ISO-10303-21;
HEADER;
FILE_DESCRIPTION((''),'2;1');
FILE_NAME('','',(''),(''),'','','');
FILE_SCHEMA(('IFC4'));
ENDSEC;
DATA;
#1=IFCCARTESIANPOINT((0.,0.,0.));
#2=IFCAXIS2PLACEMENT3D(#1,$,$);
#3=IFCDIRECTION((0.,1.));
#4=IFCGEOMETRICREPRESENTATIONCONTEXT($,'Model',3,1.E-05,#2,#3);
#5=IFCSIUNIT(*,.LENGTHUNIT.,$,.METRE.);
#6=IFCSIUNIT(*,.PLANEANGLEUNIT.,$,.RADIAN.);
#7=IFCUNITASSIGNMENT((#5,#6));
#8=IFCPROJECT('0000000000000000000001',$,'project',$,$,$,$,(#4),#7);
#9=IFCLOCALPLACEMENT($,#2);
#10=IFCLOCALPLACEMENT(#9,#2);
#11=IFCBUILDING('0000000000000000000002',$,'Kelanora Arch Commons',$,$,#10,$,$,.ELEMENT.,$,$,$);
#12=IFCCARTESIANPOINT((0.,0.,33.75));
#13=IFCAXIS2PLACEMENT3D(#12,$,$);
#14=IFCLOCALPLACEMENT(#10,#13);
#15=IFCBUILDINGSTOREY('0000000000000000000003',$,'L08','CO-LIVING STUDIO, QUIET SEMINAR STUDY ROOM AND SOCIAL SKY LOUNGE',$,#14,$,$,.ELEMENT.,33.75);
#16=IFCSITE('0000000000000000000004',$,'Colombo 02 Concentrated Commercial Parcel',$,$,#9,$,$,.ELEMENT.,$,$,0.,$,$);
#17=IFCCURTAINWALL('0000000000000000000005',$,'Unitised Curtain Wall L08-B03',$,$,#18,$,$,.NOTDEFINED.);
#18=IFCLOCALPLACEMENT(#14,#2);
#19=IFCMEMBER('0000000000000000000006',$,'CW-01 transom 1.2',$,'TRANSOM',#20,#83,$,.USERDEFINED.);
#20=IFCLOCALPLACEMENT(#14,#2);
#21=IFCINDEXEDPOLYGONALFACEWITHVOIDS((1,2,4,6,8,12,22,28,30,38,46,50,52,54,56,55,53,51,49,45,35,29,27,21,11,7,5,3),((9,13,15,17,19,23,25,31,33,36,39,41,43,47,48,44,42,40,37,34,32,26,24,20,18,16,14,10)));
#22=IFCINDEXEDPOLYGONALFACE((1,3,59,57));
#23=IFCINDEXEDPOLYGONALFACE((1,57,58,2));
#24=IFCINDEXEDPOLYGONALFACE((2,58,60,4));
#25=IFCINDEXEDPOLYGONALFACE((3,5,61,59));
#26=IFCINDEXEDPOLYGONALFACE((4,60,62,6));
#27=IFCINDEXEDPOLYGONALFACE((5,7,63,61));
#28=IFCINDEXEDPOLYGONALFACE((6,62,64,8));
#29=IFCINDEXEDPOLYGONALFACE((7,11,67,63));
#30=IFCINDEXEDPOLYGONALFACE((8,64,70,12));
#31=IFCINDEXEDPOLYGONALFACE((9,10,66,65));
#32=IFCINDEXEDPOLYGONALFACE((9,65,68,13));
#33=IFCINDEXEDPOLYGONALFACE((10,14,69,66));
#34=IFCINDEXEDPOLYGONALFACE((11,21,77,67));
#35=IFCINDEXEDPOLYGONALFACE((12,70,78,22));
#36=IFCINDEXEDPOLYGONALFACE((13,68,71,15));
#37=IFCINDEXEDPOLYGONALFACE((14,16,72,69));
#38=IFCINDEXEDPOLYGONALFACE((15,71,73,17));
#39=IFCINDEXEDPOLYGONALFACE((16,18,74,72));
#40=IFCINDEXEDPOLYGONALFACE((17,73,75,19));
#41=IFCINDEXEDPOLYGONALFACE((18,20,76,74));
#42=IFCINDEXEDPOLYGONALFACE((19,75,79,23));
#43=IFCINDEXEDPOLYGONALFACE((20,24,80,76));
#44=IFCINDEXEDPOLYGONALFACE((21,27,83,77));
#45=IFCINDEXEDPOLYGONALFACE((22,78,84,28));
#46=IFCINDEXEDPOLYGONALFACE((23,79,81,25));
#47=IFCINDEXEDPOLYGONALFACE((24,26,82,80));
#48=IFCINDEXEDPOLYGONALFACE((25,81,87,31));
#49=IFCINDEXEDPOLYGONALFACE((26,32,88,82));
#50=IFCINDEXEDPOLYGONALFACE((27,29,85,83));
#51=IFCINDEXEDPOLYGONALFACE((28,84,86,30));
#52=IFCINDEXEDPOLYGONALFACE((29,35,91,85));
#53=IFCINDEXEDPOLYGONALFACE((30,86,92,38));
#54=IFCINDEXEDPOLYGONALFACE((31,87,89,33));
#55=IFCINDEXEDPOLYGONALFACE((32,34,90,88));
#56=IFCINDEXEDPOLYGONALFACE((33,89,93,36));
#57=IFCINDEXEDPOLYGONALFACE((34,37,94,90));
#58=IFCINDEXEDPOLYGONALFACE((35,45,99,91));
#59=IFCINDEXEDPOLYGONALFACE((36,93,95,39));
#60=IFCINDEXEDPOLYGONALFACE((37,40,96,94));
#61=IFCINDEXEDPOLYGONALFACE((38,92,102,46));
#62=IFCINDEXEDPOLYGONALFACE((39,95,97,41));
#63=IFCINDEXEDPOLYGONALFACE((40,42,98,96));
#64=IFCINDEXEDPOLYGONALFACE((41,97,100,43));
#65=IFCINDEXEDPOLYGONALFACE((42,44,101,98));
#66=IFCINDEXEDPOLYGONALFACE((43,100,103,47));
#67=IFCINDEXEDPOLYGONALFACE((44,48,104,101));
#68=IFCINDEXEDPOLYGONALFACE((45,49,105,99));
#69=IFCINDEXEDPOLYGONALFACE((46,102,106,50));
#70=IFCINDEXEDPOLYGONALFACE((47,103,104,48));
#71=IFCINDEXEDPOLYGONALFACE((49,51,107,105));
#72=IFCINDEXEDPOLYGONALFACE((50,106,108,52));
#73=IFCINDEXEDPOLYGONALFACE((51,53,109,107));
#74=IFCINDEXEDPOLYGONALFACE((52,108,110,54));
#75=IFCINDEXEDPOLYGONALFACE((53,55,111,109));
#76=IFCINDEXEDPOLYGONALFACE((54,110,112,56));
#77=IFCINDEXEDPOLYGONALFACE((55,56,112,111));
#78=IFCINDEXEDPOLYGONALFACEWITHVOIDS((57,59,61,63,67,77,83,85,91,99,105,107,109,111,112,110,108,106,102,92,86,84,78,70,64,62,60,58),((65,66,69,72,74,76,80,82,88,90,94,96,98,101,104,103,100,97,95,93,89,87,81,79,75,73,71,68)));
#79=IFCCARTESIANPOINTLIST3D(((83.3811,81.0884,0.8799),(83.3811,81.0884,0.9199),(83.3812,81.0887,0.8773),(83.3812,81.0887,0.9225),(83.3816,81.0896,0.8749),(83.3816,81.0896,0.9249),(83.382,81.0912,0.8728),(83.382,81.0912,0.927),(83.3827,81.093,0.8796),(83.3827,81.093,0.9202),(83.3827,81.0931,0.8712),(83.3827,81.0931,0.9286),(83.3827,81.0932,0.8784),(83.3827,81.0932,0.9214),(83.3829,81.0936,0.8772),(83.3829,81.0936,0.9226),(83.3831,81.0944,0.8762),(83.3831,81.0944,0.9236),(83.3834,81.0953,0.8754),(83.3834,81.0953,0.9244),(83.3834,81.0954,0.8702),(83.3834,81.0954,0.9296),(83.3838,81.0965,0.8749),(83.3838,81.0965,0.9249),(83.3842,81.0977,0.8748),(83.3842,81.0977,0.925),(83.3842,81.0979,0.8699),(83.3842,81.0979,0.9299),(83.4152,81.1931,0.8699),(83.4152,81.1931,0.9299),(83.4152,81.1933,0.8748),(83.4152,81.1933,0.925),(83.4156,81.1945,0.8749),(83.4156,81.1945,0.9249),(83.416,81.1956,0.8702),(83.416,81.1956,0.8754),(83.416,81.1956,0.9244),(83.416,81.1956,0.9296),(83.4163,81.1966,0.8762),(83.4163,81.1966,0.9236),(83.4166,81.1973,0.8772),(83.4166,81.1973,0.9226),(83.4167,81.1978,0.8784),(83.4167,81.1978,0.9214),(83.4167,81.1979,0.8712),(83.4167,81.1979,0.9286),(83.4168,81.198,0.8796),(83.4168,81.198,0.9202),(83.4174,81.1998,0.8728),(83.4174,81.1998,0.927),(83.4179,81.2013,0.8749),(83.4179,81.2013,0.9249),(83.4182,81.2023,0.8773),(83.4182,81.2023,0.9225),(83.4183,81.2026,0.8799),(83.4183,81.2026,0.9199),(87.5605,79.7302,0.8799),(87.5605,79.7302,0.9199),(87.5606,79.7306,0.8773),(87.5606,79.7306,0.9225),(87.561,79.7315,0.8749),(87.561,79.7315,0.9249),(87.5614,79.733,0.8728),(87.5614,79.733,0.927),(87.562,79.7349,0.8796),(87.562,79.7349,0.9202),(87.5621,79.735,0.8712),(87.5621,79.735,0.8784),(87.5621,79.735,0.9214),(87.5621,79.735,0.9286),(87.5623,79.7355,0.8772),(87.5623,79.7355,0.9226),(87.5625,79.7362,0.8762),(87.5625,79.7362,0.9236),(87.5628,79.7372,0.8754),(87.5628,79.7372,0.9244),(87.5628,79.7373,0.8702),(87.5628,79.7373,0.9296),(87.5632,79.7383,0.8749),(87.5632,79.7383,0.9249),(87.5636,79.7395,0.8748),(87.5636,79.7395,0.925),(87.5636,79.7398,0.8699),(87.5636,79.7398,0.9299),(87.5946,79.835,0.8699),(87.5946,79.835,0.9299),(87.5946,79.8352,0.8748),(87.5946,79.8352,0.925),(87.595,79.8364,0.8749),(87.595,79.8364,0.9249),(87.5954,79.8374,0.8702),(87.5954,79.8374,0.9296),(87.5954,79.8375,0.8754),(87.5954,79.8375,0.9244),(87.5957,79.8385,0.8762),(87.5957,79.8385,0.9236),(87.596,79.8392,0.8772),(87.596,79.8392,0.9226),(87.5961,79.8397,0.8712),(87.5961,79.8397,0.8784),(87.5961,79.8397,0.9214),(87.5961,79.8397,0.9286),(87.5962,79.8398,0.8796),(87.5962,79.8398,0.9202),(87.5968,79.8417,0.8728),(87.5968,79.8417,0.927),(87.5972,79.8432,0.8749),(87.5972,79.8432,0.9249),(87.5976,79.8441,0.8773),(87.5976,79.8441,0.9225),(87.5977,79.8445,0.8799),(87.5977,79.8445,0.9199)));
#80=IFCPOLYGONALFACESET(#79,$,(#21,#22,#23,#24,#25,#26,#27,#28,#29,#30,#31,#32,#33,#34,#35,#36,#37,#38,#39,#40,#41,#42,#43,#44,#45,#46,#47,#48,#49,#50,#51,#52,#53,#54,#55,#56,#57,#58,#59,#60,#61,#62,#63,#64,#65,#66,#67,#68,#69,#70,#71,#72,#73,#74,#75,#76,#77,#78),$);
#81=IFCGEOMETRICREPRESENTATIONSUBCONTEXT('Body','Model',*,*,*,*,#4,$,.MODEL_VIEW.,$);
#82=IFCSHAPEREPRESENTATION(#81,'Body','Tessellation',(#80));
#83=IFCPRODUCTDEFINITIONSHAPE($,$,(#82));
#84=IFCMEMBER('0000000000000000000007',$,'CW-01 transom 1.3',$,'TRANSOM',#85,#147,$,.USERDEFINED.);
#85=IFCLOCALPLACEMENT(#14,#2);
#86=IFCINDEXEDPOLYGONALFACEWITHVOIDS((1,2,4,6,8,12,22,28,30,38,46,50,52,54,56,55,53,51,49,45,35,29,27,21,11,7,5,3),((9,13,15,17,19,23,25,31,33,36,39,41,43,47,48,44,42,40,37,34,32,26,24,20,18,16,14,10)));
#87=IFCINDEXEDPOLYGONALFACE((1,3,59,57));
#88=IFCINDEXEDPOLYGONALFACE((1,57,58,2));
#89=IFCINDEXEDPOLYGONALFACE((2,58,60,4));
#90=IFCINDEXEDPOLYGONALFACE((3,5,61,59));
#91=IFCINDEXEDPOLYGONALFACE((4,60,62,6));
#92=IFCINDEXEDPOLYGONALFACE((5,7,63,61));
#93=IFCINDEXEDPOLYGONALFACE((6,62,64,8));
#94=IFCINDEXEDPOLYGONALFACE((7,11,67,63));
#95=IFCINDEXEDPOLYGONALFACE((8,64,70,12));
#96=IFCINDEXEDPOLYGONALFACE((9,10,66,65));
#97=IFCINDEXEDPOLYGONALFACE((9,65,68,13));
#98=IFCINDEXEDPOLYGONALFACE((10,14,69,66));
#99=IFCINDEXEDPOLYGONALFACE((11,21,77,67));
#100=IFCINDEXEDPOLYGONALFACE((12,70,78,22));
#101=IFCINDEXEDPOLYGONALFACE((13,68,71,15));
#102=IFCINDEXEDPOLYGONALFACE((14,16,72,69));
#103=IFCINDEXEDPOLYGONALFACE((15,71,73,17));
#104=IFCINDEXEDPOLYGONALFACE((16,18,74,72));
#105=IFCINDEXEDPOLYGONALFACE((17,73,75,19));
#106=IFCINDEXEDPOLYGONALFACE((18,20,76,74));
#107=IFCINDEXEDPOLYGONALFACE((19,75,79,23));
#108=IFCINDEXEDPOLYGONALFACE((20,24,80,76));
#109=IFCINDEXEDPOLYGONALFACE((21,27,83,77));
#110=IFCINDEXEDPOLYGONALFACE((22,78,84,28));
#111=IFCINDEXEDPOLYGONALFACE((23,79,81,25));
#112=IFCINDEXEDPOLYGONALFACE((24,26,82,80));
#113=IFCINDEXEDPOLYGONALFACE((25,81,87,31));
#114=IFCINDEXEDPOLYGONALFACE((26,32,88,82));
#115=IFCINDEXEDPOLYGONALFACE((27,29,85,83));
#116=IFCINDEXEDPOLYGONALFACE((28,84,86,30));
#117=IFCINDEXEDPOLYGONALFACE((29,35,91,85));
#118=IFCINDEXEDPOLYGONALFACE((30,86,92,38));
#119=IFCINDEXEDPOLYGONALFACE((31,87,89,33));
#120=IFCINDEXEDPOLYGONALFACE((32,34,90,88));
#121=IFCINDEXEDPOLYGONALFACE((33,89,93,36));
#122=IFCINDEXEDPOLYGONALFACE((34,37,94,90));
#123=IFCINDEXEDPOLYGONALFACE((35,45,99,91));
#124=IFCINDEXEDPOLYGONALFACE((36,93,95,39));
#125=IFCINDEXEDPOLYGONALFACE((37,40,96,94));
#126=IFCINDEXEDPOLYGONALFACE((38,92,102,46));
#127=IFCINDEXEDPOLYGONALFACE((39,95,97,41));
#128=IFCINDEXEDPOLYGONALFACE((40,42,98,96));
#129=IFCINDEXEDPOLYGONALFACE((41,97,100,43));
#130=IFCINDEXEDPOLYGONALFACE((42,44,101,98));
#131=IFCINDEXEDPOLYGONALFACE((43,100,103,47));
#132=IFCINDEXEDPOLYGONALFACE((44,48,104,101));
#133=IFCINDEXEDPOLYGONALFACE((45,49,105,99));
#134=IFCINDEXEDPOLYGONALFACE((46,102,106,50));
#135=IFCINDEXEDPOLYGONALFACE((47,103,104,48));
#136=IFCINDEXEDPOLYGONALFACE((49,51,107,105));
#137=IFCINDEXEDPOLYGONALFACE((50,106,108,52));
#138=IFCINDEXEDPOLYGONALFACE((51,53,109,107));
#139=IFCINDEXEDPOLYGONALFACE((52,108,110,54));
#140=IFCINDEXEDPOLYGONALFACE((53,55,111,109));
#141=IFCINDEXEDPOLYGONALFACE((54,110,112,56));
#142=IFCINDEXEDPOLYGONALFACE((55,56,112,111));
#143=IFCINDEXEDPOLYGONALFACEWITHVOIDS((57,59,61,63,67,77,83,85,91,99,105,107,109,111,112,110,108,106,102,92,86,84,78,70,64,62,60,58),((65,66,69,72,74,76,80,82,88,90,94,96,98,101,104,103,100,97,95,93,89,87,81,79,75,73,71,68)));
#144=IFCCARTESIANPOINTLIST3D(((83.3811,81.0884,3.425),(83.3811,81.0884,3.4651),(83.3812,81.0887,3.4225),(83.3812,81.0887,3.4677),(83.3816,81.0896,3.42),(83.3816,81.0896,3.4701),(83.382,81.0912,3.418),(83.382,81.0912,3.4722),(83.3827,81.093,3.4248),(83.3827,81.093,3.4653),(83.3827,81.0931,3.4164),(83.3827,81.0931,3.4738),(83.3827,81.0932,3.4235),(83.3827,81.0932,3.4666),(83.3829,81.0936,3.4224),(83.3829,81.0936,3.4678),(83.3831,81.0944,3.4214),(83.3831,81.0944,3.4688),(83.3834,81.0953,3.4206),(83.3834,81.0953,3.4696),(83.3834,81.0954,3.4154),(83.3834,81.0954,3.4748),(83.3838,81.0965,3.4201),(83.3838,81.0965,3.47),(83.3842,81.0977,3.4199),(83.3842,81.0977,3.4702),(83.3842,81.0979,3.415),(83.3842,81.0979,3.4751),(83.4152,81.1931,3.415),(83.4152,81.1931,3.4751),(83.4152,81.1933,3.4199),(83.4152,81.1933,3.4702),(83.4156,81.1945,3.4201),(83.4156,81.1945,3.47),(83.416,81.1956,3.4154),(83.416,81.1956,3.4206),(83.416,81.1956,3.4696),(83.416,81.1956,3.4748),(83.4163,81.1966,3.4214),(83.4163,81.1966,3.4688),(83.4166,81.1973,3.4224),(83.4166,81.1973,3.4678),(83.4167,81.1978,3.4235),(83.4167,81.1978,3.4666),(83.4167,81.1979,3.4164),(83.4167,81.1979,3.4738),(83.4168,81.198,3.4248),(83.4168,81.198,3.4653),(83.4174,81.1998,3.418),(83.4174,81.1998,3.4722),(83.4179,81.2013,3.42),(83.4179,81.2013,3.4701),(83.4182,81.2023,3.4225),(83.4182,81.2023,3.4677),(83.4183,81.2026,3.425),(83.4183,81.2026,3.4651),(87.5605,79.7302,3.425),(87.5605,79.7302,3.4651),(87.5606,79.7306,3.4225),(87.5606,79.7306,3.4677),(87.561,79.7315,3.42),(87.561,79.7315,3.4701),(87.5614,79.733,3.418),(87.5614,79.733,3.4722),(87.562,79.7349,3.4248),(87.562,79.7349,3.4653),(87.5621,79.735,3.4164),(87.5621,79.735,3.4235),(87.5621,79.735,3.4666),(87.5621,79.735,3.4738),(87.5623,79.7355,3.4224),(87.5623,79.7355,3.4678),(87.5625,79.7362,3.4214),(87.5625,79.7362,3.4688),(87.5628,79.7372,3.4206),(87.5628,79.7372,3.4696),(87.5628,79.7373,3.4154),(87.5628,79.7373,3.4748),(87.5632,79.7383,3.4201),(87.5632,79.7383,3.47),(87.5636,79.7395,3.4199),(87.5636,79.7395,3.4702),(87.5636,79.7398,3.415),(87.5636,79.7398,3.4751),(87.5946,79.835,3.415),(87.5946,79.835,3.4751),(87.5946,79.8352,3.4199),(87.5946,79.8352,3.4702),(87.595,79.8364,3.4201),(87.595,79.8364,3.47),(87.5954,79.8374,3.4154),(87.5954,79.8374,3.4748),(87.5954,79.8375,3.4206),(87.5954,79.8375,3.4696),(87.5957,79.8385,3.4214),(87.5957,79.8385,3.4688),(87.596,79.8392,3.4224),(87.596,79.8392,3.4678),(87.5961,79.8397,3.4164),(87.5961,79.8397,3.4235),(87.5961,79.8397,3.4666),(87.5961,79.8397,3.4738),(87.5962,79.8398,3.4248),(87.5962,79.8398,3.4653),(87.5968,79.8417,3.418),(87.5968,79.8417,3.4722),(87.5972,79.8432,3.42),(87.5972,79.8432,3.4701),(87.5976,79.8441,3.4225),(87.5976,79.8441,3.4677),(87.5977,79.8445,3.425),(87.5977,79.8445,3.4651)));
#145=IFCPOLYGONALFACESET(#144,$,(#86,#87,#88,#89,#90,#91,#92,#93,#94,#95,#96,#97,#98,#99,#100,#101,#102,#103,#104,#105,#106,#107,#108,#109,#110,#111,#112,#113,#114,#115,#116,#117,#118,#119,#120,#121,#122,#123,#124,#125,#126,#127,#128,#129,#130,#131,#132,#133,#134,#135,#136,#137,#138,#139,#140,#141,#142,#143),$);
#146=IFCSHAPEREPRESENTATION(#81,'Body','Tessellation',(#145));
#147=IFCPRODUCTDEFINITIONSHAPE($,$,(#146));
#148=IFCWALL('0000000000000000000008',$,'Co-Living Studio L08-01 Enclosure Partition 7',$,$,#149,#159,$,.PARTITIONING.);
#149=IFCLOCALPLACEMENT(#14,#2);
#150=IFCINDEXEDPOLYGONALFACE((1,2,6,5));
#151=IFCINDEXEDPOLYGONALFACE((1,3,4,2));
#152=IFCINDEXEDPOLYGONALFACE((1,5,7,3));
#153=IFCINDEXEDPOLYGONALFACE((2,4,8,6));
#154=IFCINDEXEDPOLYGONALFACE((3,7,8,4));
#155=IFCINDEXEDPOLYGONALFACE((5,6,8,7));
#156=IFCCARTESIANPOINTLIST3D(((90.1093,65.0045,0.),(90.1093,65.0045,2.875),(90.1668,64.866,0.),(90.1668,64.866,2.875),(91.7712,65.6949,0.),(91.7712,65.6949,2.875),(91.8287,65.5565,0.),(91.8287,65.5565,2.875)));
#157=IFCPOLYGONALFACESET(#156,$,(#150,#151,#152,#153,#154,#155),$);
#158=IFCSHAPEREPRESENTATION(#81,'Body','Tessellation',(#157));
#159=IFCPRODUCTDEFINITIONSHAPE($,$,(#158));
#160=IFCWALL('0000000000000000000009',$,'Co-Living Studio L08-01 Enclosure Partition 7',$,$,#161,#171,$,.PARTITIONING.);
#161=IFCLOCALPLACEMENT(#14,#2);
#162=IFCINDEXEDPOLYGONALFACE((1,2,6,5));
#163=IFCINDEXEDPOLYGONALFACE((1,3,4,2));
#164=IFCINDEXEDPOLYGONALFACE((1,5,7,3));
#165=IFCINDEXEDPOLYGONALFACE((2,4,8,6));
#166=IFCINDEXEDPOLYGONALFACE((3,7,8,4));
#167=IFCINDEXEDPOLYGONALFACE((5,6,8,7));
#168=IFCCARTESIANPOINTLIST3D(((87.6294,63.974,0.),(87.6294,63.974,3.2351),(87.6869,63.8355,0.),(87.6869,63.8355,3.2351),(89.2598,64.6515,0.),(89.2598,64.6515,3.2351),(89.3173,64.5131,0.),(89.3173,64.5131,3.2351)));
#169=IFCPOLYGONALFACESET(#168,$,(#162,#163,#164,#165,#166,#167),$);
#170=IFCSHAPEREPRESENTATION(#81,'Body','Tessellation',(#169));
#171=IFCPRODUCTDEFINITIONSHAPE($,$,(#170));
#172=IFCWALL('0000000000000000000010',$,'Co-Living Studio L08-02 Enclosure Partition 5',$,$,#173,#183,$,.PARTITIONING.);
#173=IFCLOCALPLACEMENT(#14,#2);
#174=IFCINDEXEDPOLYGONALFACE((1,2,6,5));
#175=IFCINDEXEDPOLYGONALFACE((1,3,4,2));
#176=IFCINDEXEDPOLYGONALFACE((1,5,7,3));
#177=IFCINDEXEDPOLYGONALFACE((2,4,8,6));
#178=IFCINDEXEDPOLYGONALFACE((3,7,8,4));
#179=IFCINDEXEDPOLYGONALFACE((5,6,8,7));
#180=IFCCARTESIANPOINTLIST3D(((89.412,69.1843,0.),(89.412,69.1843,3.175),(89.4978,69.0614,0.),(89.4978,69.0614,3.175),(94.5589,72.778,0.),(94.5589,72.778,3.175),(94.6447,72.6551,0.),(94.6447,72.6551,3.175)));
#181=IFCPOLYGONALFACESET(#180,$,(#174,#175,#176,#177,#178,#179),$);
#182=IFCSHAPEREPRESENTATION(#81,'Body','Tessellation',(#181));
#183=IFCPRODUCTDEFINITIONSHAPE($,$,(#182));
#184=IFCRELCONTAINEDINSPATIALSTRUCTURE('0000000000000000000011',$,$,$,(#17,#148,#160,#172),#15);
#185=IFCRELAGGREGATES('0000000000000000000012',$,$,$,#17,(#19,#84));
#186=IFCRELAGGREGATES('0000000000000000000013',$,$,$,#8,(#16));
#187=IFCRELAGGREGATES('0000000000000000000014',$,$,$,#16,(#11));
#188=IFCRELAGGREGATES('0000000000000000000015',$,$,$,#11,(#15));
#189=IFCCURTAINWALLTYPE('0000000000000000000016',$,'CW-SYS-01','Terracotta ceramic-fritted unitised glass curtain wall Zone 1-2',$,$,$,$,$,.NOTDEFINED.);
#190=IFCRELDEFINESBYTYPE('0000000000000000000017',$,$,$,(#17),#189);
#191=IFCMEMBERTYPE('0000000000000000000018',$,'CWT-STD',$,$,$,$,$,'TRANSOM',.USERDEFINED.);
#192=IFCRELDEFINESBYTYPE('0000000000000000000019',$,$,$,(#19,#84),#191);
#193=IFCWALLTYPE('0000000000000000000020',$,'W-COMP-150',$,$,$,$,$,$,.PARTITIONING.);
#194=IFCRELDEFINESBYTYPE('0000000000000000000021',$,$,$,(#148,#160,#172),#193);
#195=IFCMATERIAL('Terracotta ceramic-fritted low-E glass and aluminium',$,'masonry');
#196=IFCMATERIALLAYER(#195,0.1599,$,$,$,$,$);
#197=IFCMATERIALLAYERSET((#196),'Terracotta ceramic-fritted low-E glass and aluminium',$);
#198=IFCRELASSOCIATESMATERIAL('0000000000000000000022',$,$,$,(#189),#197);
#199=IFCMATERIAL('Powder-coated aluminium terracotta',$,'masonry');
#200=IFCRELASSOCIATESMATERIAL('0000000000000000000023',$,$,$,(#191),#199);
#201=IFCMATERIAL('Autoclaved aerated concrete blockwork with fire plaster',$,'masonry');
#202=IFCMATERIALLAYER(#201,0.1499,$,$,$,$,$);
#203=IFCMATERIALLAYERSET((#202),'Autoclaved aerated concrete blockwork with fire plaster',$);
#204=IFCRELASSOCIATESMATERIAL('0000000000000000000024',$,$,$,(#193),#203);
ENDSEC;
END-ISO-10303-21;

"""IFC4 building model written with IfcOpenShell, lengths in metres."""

from ifc_helpers import new_model, si_unit, direction, frame, frame_2d, origin, origin_2d, place, context, subcontext, project, spatial, rectangle, hollow_rectangle, extrude, material, layer, layer_set, material_profile, profile_set, type_object, element, aggregate, save


model = new_model("IFC4")

# Units and contexts
model_context = context("Model", 3, precision=1e-05, world=origin(), true_north=direction((0.0, 1.0)))
body_context = subcontext(model_context, "Body", "Model", "MODEL_VIEW")
ifc_project = project(units=[si_unit("LENGTHUNIT", "METRE"), si_unit("PLANEANGLEUNIT", "RADIAN")], contexts=[model_context])

# Site, building, storey
site_placement = place(None, origin())
site = spatial("IfcSite", under=ifc_project, at=site_placement, Name="Colombo 02 Concentrated Commercial Parcel", CompositionType="ELEMENT", RefElevation=0.0)
building_placement = place(site_placement, origin())
building = spatial("IfcBuilding", under=site, at=building_placement, Name="Kelanora Arch Commons", CompositionType="ELEMENT")
storey_placement = place(building_placement, frame((0.0, 0.0, 33.75)))
storey = spatial("IfcBuildingStorey", under=building, at=storey_placement, Name="L08", Description="CO-LIVING STUDIO, QUIET SEMINAR STUDY ROOM AND SOCIAL SKY LOUNGE", CompositionType="ELEMENT", Elevation=33.75)

# Shared definitions
ifc_material_1 = material(Name="Terracotta ceramic-fritted low-E glass and aluminium", Category="masonry")
ifc_layer_1 = layer(ifc_material_1, 0.1599)
ifc_layer_set_1 = layer_set([ifc_layer_1], Name="Terracotta ceramic-fritted low-E glass and aluminium")
curtain_wall_type = type_object("IfcCurtainWallType", Name="CW-SYS-01", Description="Terracotta ceramic-fritted unitised glass curtain wall Zone 1-2", PredefinedType="NOTDEFINED", material=ifc_layer_set_1)
ifc_material_2 = material(Name="Powder-coated aluminium terracotta", Category="masonry")

# Curtain wall, members
curtain_wall_1_placement = place(storey_placement, origin())
curtain_wall_1 = element("IfcCurtainWall", 1, at=curtain_wall_1_placement, inside=storey, type_object=curtain_wall_type, Name="Unitised Curtain Wall L08-B03", PredefinedType="NOTDEFINED")
ifc_material_profile_1 = material_profile(ifc_material_2, hollow_rectangle(XDim=0.1201, YDim=0.0601, WallThickness=0.0049, InnerFilletRadius=0.0049, OuterFilletRadius=0.01, at=origin_2d()), Name="CWT120x60")
ifc_profile_set_1 = profile_set([ifc_material_profile_1], Name="Powder-coated aluminium terracotta")
member_type_1 = type_object("IfcMemberType", Name="CWT-STD", ElementType="TRANSOM", PredefinedType="USERDEFINED", material=ifc_profile_set_1)
member_1_placement = place(storey_placement, frame((87.5791, 79.7874, 0.8999), z_axis=(-0.951045, 0.309052, 0.0), x_axis=(-0.309052, -0.951045, 0.0)))
member_1 = element("IfcMember", 2, at=member_1_placement, type_object=member_type_1, Name="CW-01 transom 1.2", ObjectType="TRANSOM", PredefinedType="USERDEFINED", context=body_context, shape_type="SweptSolid", body=[
    extrude(hollow_rectangle(XDim=0.1201, YDim=0.0601, WallThickness=0.0049, InnerFilletRadius=0.0049, OuterFilletRadius=0.01, at=origin_2d()), origin(), (0.0, 0.0, 1.0), 4.3945),
])
member_2_placement = place(storey_placement, frame((87.5791, 79.7874, 3.4451), z_axis=(-0.951045, 0.309052, 0.0), x_axis=(-0.309052, -0.951045, 0.0)))
member_2 = element("IfcMember", 3, at=member_2_placement, type_object=member_type_1, Name="CW-01 transom 1.3", ObjectType="TRANSOM", PredefinedType="USERDEFINED", context=body_context, shape_type="SweptSolid", body=[
    extrude(hollow_rectangle(XDim=0.1201, YDim=0.0601, WallThickness=0.0049, InnerFilletRadius=0.0049, OuterFilletRadius=0.01, at=origin_2d()), origin(), (0.0, 0.0, 1.0), 4.3945),
])
aggregate(curtain_wall_1, [member_1, member_2])

# Walls
ifc_material_3 = material(Name="Autoclaved aerated concrete blockwork with fire plaster", Category="masonry")
ifc_layer_2 = layer(ifc_material_3, 0.1499)
ifc_layer_set_2 = layer_set([ifc_layer_2], Name="Autoclaved aerated concrete blockwork with fire plaster")
wall_type_1 = type_object("IfcWallType", Name="W-COMP-150", PredefinedType="PARTITIONING", material=ifc_layer_set_2)
wall_1_placement = place(storey_placement, frame((91.8, 65.6257, 0.0), z_axis=(0.0, 0.0, 1.0), x_axis=(-0.923474, -0.383662, 0.0)))
element("IfcWall", 4, at=wall_1_placement, inside=storey, type_object=wall_type_1, Name="Co-Living Studio L08-01 Enclosure Partition 7", PredefinedType="PARTITIONING", context=body_context, shape_type="SweptSolid", body=[
    extrude(rectangle(XDim=1.7996, YDim=0.1499, at=frame_2d((0.8999, 0.0))), origin(), (0.0, 0.0, 1.0), 2.875),
])
wall_2_placement = place(storey_placement, frame((89.2886, 64.5823, 0.0), z_axis=(0.0, 0.0, 1.0), x_axis=(-0.923445, -0.383732, 0.0)))
element("IfcWall", 5, at=wall_2_placement, inside=storey, type_object=wall_type_1, Name="Co-Living Studio L08-01 Enclosure Partition 7", PredefinedType="PARTITIONING", context=body_context, shape_type="SweptSolid", body=[
    extrude(rectangle(XDim=1.7656, YDim=0.1499, at=frame_2d((0.8828, 0.0))), origin(), (0.0, 0.0, 1.0), 3.2351),
])
wall_3_placement = place(storey_placement, frame((94.6018, 72.7166, 0.0), z_axis=(0.0, 0.0, 1.0), x_axis=(-0.819915, -0.572486, 0.0)))
element("IfcWall", 6, at=wall_3_placement, inside=storey, type_object=wall_type_1, Name="Co-Living Studio L08-02 Enclosure Partition 5", PredefinedType="PARTITIONING", context=body_context, shape_type="SweptSolid", body=[
    extrude(rectangle(XDim=6.2773, YDim=0.1499, at=frame_2d((3.1387, 0.0))), origin(), (0.0, 0.0, 1.0), 3.175),
])

save(model, "model.ifc")
